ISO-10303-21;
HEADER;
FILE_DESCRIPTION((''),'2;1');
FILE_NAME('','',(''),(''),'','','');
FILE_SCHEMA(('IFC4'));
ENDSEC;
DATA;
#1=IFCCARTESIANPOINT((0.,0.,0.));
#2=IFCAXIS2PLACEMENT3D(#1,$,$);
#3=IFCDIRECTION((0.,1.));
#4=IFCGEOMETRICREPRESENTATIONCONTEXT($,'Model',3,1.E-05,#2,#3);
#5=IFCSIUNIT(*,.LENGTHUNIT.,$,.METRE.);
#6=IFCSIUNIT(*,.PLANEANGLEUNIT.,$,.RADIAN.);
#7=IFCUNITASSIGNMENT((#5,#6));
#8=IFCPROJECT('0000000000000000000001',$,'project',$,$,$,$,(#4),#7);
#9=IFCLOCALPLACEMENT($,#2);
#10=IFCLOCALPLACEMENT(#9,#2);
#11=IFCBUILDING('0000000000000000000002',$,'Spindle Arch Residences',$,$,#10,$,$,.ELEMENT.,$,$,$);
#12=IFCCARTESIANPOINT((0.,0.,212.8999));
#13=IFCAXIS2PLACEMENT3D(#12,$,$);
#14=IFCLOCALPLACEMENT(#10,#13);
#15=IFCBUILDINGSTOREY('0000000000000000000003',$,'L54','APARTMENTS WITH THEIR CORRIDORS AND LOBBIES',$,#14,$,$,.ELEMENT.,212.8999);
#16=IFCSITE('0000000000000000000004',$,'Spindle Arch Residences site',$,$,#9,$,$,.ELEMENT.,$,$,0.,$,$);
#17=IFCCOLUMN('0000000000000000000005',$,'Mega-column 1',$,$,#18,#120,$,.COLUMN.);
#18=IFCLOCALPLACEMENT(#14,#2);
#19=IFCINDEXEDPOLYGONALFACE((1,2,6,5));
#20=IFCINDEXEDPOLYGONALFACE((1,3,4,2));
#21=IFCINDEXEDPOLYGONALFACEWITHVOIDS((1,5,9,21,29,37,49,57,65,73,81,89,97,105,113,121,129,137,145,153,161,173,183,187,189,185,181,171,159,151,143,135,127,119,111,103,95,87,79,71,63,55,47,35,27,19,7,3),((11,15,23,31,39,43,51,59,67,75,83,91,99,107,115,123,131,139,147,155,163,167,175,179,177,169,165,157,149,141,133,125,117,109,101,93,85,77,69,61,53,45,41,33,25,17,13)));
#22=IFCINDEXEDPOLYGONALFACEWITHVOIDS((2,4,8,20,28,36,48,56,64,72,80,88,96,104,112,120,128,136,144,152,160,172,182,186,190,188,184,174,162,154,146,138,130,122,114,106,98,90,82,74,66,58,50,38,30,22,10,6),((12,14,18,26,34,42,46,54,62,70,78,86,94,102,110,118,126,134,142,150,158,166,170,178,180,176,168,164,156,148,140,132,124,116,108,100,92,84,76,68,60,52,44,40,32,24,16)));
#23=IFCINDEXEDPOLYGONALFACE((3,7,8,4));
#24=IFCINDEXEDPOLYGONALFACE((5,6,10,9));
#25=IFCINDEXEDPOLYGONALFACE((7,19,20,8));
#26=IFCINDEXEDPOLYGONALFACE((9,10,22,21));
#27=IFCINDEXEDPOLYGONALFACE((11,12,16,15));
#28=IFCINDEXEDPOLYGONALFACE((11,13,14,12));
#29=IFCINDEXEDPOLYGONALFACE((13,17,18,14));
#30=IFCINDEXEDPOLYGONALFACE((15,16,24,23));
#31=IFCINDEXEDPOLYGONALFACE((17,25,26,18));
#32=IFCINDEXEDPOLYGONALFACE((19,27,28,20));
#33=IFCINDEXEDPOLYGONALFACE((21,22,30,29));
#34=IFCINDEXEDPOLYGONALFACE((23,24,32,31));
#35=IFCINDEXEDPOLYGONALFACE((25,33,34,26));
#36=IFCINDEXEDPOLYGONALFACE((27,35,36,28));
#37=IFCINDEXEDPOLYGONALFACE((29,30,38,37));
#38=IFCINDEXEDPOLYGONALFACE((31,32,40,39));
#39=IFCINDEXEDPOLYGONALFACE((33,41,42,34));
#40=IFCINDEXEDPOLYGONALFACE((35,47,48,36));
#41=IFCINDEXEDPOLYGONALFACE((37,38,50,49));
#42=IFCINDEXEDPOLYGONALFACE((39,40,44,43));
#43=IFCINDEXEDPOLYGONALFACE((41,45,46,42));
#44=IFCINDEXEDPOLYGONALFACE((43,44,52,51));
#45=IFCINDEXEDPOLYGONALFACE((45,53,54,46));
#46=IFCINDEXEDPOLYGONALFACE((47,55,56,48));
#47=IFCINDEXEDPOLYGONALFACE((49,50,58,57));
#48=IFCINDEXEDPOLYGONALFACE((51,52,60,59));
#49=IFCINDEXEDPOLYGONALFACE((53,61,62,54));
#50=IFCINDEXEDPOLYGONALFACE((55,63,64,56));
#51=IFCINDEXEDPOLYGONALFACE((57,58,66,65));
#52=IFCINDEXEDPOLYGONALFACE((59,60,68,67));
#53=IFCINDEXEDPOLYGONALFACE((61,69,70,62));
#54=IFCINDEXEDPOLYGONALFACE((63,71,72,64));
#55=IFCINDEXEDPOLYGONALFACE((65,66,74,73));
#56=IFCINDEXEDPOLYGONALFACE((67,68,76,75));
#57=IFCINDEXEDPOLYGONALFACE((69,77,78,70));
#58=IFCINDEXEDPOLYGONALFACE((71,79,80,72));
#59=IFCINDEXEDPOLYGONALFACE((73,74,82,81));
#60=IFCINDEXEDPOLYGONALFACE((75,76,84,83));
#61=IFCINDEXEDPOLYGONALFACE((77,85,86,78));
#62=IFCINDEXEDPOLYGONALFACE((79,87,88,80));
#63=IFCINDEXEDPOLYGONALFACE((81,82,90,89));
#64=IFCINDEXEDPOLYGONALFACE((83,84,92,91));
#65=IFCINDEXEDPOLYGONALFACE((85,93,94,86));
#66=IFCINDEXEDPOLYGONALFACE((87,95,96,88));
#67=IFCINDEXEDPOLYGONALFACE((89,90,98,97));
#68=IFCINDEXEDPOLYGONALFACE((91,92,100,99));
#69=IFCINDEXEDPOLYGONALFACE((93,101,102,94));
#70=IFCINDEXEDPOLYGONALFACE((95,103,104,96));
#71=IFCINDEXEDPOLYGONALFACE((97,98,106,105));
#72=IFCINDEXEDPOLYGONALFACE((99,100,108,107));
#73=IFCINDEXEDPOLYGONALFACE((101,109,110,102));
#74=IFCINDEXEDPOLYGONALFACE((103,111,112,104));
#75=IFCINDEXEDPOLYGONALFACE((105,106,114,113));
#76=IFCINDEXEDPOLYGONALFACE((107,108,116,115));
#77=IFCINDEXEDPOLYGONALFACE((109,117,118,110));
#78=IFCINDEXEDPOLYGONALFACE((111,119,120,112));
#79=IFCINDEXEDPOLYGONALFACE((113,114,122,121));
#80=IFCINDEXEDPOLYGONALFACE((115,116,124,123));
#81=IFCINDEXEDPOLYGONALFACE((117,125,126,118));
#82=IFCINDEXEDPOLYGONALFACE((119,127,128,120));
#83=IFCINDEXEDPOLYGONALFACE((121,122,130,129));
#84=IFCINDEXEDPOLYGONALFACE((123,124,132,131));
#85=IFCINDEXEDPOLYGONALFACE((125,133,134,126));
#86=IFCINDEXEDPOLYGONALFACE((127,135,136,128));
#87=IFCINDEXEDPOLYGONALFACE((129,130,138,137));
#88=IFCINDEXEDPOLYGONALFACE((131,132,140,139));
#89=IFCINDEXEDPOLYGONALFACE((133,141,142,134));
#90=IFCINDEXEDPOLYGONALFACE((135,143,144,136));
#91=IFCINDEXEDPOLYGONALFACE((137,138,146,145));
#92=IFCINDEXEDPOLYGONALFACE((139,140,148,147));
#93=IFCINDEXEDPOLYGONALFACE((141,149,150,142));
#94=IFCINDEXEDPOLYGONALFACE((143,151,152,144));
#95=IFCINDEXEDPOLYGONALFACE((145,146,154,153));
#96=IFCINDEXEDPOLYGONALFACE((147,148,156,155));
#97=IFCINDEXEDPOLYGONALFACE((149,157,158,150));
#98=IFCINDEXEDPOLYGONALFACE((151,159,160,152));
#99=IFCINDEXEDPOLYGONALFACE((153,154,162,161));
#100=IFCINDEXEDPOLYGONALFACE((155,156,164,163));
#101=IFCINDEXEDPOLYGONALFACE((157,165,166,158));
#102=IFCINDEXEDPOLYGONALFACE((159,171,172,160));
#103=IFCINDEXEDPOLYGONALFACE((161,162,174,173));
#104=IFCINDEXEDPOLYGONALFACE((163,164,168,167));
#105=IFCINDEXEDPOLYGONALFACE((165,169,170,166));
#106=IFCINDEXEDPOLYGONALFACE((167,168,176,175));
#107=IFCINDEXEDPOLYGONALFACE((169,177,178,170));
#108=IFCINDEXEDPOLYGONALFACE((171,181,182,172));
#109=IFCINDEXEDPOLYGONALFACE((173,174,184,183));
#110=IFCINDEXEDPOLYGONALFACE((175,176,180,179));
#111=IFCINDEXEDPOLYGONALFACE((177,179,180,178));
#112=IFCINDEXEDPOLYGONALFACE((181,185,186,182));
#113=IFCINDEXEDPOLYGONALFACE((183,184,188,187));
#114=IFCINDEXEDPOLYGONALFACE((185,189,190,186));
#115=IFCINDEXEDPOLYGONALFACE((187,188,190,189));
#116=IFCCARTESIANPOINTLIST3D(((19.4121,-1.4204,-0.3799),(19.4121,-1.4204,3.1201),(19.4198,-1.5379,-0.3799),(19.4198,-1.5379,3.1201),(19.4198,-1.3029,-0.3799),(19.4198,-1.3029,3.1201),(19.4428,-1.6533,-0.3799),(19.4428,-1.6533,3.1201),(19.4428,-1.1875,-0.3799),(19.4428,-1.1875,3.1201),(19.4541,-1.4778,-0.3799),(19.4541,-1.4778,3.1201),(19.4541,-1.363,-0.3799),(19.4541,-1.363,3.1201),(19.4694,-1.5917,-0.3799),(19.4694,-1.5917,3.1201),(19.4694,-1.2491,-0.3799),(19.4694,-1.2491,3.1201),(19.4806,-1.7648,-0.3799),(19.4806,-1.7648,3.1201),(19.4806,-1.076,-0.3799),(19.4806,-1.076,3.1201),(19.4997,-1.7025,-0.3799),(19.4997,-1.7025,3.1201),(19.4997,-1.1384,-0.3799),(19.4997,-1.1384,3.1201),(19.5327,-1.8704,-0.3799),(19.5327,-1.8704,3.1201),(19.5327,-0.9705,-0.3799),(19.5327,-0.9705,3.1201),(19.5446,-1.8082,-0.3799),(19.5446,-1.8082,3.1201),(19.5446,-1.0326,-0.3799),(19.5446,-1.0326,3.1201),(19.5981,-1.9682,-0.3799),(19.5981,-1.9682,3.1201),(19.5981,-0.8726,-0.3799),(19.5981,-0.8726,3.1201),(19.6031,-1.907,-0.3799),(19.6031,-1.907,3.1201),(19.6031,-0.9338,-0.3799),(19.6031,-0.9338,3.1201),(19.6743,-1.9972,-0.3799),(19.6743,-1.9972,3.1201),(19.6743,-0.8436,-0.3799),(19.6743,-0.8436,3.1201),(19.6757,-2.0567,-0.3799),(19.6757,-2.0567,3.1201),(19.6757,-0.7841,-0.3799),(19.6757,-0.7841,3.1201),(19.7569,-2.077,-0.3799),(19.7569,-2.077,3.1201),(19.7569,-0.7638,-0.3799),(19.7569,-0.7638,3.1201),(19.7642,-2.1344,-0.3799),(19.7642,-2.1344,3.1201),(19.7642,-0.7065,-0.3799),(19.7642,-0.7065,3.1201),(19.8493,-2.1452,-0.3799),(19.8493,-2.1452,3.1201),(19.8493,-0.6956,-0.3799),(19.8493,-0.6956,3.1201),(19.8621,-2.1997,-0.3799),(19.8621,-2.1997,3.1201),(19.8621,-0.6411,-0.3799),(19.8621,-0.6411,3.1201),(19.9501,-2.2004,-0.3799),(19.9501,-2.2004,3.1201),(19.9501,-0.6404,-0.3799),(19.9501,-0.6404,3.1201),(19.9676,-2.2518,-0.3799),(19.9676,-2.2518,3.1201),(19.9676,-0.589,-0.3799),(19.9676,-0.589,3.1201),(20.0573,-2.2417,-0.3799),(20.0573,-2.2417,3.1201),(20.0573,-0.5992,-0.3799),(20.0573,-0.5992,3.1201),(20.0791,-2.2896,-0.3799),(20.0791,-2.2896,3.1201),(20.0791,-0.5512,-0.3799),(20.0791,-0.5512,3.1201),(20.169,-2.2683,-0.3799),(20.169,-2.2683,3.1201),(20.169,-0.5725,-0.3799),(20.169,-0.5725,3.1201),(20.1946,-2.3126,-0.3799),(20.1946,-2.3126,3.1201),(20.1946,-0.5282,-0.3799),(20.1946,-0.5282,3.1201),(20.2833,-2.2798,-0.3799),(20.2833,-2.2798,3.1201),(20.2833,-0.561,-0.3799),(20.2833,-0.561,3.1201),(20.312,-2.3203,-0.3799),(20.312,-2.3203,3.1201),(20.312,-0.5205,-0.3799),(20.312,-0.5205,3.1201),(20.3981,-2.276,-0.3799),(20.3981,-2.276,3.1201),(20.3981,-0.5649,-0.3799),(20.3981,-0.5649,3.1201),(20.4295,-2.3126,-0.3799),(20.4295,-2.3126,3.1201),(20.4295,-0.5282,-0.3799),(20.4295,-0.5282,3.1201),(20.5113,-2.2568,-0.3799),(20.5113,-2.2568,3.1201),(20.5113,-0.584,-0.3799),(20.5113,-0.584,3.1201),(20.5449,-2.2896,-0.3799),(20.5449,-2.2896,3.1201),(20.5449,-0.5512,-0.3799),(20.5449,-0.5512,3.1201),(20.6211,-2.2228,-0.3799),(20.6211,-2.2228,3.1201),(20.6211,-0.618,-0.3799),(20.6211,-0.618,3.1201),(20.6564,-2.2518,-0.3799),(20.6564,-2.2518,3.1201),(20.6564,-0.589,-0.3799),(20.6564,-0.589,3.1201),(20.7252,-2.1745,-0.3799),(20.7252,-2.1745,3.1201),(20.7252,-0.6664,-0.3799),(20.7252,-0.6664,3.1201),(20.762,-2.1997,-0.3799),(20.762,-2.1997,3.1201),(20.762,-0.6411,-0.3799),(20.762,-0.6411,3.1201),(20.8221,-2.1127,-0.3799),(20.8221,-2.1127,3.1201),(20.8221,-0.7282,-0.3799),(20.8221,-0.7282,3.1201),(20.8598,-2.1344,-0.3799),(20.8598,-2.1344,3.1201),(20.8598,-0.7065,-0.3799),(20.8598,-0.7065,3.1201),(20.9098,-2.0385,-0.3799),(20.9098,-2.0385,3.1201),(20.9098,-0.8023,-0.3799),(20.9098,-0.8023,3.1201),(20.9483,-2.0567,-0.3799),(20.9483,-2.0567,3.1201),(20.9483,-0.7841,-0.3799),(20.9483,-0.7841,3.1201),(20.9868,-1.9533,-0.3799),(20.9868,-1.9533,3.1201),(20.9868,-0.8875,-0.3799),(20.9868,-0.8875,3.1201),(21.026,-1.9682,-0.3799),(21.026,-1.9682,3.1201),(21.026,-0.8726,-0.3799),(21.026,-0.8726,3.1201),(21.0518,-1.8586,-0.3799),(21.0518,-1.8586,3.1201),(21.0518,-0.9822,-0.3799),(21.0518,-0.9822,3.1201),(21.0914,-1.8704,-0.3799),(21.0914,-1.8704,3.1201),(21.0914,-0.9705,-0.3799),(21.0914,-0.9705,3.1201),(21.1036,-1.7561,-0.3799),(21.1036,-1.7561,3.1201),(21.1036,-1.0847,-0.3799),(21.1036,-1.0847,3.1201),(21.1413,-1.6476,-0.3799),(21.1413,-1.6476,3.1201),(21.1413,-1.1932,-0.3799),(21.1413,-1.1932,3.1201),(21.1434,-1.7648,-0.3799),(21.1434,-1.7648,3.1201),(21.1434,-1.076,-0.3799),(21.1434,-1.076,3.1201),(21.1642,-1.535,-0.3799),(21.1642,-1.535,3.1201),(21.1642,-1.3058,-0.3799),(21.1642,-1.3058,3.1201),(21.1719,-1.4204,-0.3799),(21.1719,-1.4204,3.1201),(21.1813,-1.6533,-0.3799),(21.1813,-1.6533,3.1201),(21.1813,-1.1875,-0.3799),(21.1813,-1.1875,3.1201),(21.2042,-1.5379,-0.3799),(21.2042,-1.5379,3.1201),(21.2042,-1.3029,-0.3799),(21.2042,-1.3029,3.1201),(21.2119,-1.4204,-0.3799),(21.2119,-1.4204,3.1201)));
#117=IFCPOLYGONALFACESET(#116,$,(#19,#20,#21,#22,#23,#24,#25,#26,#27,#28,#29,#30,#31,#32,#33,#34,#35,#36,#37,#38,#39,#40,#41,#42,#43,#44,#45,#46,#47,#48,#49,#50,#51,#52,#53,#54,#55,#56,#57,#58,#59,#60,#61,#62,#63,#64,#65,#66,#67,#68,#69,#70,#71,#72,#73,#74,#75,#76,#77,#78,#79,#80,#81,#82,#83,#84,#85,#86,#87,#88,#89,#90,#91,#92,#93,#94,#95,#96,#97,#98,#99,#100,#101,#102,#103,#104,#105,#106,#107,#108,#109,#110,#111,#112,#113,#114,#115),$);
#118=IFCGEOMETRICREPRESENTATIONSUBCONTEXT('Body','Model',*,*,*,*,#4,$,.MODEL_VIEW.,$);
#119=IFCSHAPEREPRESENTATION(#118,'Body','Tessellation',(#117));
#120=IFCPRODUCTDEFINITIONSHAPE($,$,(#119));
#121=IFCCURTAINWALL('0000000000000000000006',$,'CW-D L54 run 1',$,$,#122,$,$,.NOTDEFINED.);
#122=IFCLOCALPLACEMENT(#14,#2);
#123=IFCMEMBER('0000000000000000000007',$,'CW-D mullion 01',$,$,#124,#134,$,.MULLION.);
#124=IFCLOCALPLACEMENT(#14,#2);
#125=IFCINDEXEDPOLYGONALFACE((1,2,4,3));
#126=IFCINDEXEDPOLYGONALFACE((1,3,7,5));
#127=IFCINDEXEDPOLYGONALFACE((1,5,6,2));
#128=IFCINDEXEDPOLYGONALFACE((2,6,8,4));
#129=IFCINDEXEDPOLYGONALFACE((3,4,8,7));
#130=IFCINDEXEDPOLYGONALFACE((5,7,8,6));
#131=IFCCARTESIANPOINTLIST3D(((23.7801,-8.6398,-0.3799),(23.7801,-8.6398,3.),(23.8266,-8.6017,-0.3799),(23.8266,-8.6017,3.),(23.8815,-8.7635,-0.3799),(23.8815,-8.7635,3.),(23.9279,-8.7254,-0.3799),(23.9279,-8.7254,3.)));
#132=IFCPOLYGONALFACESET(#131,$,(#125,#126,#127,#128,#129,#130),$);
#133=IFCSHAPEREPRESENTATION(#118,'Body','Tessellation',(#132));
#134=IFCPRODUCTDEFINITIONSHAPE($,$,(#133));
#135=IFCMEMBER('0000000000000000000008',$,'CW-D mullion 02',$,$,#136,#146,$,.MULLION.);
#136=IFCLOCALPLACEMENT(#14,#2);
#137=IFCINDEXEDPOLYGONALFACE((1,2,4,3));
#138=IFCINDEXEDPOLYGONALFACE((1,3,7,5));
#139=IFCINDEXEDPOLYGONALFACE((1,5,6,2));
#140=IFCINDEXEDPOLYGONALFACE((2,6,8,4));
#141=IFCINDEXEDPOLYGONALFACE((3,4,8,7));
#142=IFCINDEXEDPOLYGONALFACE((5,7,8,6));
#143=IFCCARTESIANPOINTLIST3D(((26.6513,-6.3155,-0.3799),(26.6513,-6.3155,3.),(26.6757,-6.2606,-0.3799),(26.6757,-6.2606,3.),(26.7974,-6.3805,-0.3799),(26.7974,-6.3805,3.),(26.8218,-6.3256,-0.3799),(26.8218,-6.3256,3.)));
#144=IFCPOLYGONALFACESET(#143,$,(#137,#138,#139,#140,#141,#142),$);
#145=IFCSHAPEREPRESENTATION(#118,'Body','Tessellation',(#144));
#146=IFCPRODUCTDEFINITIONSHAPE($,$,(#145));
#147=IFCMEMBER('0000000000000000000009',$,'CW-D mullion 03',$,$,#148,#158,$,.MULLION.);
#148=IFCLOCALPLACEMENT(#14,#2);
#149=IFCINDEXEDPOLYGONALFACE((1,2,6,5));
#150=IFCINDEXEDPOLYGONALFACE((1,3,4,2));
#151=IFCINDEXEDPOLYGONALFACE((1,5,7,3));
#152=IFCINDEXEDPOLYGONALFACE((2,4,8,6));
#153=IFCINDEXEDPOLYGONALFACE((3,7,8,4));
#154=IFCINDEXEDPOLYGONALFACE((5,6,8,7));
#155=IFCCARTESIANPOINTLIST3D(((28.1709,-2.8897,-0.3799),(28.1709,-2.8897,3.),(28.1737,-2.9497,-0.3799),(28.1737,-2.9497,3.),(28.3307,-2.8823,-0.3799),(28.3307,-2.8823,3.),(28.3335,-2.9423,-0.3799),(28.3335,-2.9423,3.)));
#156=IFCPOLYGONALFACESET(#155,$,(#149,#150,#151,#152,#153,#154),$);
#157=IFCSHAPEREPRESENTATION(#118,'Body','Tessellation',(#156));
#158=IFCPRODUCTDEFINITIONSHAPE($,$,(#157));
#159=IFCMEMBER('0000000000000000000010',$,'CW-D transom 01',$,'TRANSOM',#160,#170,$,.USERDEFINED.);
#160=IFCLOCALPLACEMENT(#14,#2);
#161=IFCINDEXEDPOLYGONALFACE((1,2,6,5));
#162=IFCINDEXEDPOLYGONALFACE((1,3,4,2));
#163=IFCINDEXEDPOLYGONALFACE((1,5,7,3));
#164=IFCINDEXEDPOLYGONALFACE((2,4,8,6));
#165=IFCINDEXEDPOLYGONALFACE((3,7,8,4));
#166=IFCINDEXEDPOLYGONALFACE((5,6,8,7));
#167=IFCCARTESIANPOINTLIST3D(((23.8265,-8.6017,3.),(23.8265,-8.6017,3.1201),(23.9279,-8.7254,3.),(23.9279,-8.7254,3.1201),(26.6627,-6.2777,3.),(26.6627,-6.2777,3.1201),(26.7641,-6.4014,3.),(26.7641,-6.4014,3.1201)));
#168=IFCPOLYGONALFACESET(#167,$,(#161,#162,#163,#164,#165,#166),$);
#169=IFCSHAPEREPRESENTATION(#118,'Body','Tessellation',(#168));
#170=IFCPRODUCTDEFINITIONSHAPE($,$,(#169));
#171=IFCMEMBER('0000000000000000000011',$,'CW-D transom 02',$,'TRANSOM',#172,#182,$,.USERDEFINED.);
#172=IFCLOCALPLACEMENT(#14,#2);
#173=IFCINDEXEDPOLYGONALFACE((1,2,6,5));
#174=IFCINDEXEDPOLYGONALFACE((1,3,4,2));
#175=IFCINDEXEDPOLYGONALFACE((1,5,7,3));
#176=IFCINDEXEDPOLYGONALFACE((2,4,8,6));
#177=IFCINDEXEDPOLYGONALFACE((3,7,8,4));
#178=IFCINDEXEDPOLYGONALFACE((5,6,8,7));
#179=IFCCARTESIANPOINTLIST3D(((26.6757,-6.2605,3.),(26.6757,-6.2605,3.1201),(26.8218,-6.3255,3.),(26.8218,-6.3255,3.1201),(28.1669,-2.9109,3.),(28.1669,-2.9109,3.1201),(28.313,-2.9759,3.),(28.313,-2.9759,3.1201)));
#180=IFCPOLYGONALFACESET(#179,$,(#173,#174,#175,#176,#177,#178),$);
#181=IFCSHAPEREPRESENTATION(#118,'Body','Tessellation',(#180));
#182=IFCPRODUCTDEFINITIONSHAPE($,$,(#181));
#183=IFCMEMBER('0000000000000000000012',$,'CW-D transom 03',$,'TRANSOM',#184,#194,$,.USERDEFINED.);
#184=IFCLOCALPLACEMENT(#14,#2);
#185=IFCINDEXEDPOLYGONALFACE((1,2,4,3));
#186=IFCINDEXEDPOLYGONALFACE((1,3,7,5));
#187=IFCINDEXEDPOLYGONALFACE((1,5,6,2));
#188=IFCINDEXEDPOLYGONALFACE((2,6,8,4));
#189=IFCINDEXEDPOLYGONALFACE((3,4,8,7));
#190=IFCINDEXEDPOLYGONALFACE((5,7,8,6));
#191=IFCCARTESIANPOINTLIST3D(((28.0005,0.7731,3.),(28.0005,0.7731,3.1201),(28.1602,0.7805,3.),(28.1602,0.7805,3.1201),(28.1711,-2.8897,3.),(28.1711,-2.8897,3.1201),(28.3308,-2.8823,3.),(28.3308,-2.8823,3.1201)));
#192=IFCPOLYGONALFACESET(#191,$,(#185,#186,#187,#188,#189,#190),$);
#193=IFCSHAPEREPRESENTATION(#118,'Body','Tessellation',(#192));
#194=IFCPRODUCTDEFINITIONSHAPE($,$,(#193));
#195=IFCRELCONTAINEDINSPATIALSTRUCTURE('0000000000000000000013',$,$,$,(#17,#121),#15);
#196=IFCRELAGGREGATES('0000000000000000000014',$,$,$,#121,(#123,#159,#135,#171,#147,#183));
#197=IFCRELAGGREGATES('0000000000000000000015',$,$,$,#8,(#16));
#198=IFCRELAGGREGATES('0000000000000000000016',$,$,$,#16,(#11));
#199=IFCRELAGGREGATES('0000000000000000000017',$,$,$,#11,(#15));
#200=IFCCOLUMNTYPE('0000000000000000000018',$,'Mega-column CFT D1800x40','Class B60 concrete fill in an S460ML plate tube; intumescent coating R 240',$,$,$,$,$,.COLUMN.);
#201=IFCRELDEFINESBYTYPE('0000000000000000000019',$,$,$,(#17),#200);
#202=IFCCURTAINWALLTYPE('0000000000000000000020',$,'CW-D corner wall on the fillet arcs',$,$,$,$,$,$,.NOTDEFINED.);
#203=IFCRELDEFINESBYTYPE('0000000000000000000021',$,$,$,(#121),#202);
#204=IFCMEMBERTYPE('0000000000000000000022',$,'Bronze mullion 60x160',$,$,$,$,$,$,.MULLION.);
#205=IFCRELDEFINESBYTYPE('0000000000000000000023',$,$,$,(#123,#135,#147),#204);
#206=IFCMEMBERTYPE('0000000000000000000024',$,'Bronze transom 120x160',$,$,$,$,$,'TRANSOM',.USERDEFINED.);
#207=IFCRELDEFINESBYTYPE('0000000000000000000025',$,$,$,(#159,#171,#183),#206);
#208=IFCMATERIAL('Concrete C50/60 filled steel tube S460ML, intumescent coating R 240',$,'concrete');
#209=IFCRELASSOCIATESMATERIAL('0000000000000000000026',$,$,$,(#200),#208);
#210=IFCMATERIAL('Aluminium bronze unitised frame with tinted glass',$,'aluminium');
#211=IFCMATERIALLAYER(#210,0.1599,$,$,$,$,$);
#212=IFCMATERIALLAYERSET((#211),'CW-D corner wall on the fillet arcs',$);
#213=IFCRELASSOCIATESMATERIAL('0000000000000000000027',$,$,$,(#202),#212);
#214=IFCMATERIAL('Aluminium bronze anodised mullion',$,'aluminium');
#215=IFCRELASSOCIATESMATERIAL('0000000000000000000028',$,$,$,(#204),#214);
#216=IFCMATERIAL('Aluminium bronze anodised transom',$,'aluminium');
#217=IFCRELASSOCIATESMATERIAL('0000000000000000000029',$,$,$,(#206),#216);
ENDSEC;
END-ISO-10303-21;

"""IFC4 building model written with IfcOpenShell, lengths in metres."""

from ifc_helpers import new_model, si_unit, direction, frame, origin, origin_2d, place, context, subcontext, project, spatial, rectangle, hollow_circle, extrude, material, layer, layer_set, material_profile, profile_set, type_object, element, aggregate, save


model = new_model("IFC4")

# Units and contexts
model_context = context("Model", 3, precision=1e-05, world=origin(), true_north=direction((0.0, 1.0)))
body_context = subcontext(model_context, "Body", "Model", "MODEL_VIEW")
ifc_project = project(units=[si_unit("LENGTHUNIT", "METRE"), si_unit("PLANEANGLEUNIT", "RADIAN")], contexts=[model_context])

# Site, building, storey
site_placement = place(None, origin())
site = spatial("IfcSite", under=ifc_project, at=site_placement, Name="Spindle Arch Residences site", CompositionType="ELEMENT", RefElevation=0.0)
building_placement = place(site_placement, origin())
building = spatial("IfcBuilding", under=site, at=building_placement, Name="Spindle Arch Residences", CompositionType="ELEMENT")
storey_placement = place(building_placement, frame((0.0, 0.0, 212.8999)))
storey = spatial("IfcBuildingStorey", under=building, at=storey_placement, Name="L54", Description="APARTMENTS WITH THEIR CORRIDORS AND LOBBIES", CompositionType="ELEMENT", Elevation=212.8999)

# Column
ifc_material_1 = material(Name="Concrete C50/60 filled steel tube S460ML, intumescent coating R 240", Category="concrete")
ifc_material_profile_1 = material_profile(ifc_material_1, hollow_circle(Radius=0.8999, WallThickness=0.04, at=origin_2d()), Name="CFT D1800x40")
ifc_profile_set_1 = profile_set([ifc_material_profile_1], Name="Concrete C50/60 filled steel tube S460ML, intumescent coating R 240")
column_type_1 = type_object("IfcColumnType", Name="Mega-column CFT D1800x40", Description="Class B60 concrete fill in an S460ML plate tube; intumescent coating R 240", PredefinedType="COLUMN", material=ifc_profile_set_1)
column_placement = place(storey_placement, frame((20.312, -1.4204, -0.3799), z_axis=(0.0, 0.0, 1.0), x_axis=(1.0, 0.0, 0.0)))
element("IfcColumn", 1, at=column_placement, inside=storey, type_object=column_type_1, Name="Mega-column 1", PredefinedType="COLUMN", context=body_context, shape_type="SweptSolid", body=[
    extrude(hollow_circle(Radius=0.8999, WallThickness=0.04, at=origin_2d()), origin(), (0.0, 0.0, 1.0), 3.5),
])

# Curtain wall, members
ifc_material_2 = material(Name="Aluminium bronze unitised frame with tinted glass", Category="aluminium")
ifc_layer_1 = layer(ifc_material_2, 0.1599)
ifc_layer_set_1 = layer_set([ifc_layer_1], Name="CW-D corner wall on the fillet arcs")
curtain_wall_type = type_object("IfcCurtainWallType", Name="CW-D corner wall on the fillet arcs", PredefinedType="NOTDEFINED", material=ifc_layer_set_1)
curtain_wall_placement = place(storey_placement, origin())
curtain_wall = element("IfcCurtainWall", 2, at=curtain_wall_placement, inside=storey, type_object=curtain_wall_type, Name="CW-D L54 run 1", PredefinedType="NOTDEFINED")
ifc_material_3 = material(Name="Aluminium bronze anodised mullion", Category="aluminium")
ifc_material_profile_2 = material_profile(ifc_material_3, rectangle(XDim=0.1599, YDim=0.0601, at=origin_2d()), Name="MU 60x160")
ifc_profile_set_2 = profile_set([ifc_material_profile_2], Name="Aluminium bronze anodised mullion")
member_type_1 = type_object("IfcMemberType", Name="Bronze mullion 60x160", PredefinedType="MULLION", material=ifc_profile_set_2)
member_1_placement = place(storey_placement, frame((23.854, -8.6826, -0.3799), z_axis=(0.0, 0.0, 1.0), x_axis=(-0.633831, 0.773472, 0.0)))
member_1 = element("IfcMember", 3, at=member_1_placement, type_object=member_type_1, Name="CW-D mullion 01", PredefinedType="MULLION", context=body_context, shape_type="SweptSolid", body=[
    extrude(rectangle(XDim=0.1599, YDim=0.0601, at=origin_2d()), origin(), (0.0, 0.0, 1.0), 3.3799),
])
member_2_placement = place(storey_placement, frame((26.7366, -6.3206, -0.3799), z_axis=(0.0, 0.0, 1.0), x_axis=(-0.913545, 0.406737, 0.0)))
member_2 = element("IfcMember", 4, at=member_2_placement, type_object=member_type_1, Name="CW-D mullion 02", PredefinedType="MULLION", context=body_context, shape_type="SweptSolid", body=[
    extrude(rectangle(XDim=0.1599, YDim=0.0601, at=origin_2d()), origin(), (0.0, 0.0, 1.0), 3.3799),
])
member_3_placement = place(storey_placement, frame((28.2522, -2.916, -0.3799), z_axis=(0.0, 0.0, 1.0), x_axis=(-0.998917, -0.046525, 0.0)))
member_3 = element("IfcMember", 5, at=member_3_placement, type_object=member_type_1, Name="CW-D mullion 03", PredefinedType="MULLION", context=body_context, shape_type="SweptSolid", body=[
    extrude(rectangle(XDim=0.1599, YDim=0.0601, at=origin_2d()), origin(), (0.0, 0.0, 1.0), 3.3799),
])
ifc_material_4 = material(Name="Aluminium bronze anodised transom", Category="aluminium")
ifc_material_profile_3 = material_profile(ifc_material_4, rectangle(XDim=0.1599, YDim=0.1201, at=origin_2d()), Name="TR 120x160")
ifc_profile_set_3 = profile_set([ifc_material_profile_3], Name="Aluminium bronze anodised transom")
member_type_2 = type_object("IfcMemberType", Name="Bronze transom 120x160", ElementType="TRANSOM", PredefinedType="USERDEFINED", material=ifc_profile_set_3)
member_4_placement = place(storey_placement, frame((23.8772, -8.6636, 3.0601), z_axis=(0.773494, 0.633803, 0.0), x_axis=(-0.633803, 0.773494, 0.0)))
member_4 = element("IfcMember", 6, at=member_4_placement, type_object=member_type_2, Name="CW-D transom 01", ObjectType="TRANSOM", PredefinedType="USERDEFINED", context=body_context, shape_type="SweptSolid", body=[
    extrude(rectangle(XDim=0.1599, YDim=0.1201, at=origin_2d()), origin(), (0.0, 0.0, 1.0), 3.6667),
])
member_5_placement = place(storey_placement, frame((26.7488, -6.293, 3.0601), z_axis=(0.406707, 0.913559, 0.0), x_axis=(-0.913559, 0.406707, 0.0)))
member_5 = element("IfcMember", 7, at=member_5_placement, type_object=member_type_2, Name="CW-D transom 02", ObjectType="TRANSOM", PredefinedType="USERDEFINED", context=body_context, shape_type="SweptSolid", body=[
    extrude(rectangle(XDim=0.1599, YDim=0.1201, at=origin_2d()), origin(), (0.0, 0.0, 1.0), 3.6665),
])
member_6_placement = place(storey_placement, frame((28.251, -2.886, 3.0601), z_axis=(-0.04654, 0.998916, 0.0), x_axis=(-0.998916, -0.04654, 0.0)))
member_6 = element("IfcMember", 8, at=member_6_placement, type_object=member_type_2, Name="CW-D transom 03", ObjectType="TRANSOM", PredefinedType="USERDEFINED", context=body_context, shape_type="SweptSolid", body=[
    extrude(rectangle(XDim=0.1599, YDim=0.1201, at=origin_2d()), origin(), (0.0, 0.0, 1.0), 3.6667),
])

aggregate(curtain_wall, [member_1, member_4, member_2, member_5, member_3, member_6])

save(model, "model.ifc")
